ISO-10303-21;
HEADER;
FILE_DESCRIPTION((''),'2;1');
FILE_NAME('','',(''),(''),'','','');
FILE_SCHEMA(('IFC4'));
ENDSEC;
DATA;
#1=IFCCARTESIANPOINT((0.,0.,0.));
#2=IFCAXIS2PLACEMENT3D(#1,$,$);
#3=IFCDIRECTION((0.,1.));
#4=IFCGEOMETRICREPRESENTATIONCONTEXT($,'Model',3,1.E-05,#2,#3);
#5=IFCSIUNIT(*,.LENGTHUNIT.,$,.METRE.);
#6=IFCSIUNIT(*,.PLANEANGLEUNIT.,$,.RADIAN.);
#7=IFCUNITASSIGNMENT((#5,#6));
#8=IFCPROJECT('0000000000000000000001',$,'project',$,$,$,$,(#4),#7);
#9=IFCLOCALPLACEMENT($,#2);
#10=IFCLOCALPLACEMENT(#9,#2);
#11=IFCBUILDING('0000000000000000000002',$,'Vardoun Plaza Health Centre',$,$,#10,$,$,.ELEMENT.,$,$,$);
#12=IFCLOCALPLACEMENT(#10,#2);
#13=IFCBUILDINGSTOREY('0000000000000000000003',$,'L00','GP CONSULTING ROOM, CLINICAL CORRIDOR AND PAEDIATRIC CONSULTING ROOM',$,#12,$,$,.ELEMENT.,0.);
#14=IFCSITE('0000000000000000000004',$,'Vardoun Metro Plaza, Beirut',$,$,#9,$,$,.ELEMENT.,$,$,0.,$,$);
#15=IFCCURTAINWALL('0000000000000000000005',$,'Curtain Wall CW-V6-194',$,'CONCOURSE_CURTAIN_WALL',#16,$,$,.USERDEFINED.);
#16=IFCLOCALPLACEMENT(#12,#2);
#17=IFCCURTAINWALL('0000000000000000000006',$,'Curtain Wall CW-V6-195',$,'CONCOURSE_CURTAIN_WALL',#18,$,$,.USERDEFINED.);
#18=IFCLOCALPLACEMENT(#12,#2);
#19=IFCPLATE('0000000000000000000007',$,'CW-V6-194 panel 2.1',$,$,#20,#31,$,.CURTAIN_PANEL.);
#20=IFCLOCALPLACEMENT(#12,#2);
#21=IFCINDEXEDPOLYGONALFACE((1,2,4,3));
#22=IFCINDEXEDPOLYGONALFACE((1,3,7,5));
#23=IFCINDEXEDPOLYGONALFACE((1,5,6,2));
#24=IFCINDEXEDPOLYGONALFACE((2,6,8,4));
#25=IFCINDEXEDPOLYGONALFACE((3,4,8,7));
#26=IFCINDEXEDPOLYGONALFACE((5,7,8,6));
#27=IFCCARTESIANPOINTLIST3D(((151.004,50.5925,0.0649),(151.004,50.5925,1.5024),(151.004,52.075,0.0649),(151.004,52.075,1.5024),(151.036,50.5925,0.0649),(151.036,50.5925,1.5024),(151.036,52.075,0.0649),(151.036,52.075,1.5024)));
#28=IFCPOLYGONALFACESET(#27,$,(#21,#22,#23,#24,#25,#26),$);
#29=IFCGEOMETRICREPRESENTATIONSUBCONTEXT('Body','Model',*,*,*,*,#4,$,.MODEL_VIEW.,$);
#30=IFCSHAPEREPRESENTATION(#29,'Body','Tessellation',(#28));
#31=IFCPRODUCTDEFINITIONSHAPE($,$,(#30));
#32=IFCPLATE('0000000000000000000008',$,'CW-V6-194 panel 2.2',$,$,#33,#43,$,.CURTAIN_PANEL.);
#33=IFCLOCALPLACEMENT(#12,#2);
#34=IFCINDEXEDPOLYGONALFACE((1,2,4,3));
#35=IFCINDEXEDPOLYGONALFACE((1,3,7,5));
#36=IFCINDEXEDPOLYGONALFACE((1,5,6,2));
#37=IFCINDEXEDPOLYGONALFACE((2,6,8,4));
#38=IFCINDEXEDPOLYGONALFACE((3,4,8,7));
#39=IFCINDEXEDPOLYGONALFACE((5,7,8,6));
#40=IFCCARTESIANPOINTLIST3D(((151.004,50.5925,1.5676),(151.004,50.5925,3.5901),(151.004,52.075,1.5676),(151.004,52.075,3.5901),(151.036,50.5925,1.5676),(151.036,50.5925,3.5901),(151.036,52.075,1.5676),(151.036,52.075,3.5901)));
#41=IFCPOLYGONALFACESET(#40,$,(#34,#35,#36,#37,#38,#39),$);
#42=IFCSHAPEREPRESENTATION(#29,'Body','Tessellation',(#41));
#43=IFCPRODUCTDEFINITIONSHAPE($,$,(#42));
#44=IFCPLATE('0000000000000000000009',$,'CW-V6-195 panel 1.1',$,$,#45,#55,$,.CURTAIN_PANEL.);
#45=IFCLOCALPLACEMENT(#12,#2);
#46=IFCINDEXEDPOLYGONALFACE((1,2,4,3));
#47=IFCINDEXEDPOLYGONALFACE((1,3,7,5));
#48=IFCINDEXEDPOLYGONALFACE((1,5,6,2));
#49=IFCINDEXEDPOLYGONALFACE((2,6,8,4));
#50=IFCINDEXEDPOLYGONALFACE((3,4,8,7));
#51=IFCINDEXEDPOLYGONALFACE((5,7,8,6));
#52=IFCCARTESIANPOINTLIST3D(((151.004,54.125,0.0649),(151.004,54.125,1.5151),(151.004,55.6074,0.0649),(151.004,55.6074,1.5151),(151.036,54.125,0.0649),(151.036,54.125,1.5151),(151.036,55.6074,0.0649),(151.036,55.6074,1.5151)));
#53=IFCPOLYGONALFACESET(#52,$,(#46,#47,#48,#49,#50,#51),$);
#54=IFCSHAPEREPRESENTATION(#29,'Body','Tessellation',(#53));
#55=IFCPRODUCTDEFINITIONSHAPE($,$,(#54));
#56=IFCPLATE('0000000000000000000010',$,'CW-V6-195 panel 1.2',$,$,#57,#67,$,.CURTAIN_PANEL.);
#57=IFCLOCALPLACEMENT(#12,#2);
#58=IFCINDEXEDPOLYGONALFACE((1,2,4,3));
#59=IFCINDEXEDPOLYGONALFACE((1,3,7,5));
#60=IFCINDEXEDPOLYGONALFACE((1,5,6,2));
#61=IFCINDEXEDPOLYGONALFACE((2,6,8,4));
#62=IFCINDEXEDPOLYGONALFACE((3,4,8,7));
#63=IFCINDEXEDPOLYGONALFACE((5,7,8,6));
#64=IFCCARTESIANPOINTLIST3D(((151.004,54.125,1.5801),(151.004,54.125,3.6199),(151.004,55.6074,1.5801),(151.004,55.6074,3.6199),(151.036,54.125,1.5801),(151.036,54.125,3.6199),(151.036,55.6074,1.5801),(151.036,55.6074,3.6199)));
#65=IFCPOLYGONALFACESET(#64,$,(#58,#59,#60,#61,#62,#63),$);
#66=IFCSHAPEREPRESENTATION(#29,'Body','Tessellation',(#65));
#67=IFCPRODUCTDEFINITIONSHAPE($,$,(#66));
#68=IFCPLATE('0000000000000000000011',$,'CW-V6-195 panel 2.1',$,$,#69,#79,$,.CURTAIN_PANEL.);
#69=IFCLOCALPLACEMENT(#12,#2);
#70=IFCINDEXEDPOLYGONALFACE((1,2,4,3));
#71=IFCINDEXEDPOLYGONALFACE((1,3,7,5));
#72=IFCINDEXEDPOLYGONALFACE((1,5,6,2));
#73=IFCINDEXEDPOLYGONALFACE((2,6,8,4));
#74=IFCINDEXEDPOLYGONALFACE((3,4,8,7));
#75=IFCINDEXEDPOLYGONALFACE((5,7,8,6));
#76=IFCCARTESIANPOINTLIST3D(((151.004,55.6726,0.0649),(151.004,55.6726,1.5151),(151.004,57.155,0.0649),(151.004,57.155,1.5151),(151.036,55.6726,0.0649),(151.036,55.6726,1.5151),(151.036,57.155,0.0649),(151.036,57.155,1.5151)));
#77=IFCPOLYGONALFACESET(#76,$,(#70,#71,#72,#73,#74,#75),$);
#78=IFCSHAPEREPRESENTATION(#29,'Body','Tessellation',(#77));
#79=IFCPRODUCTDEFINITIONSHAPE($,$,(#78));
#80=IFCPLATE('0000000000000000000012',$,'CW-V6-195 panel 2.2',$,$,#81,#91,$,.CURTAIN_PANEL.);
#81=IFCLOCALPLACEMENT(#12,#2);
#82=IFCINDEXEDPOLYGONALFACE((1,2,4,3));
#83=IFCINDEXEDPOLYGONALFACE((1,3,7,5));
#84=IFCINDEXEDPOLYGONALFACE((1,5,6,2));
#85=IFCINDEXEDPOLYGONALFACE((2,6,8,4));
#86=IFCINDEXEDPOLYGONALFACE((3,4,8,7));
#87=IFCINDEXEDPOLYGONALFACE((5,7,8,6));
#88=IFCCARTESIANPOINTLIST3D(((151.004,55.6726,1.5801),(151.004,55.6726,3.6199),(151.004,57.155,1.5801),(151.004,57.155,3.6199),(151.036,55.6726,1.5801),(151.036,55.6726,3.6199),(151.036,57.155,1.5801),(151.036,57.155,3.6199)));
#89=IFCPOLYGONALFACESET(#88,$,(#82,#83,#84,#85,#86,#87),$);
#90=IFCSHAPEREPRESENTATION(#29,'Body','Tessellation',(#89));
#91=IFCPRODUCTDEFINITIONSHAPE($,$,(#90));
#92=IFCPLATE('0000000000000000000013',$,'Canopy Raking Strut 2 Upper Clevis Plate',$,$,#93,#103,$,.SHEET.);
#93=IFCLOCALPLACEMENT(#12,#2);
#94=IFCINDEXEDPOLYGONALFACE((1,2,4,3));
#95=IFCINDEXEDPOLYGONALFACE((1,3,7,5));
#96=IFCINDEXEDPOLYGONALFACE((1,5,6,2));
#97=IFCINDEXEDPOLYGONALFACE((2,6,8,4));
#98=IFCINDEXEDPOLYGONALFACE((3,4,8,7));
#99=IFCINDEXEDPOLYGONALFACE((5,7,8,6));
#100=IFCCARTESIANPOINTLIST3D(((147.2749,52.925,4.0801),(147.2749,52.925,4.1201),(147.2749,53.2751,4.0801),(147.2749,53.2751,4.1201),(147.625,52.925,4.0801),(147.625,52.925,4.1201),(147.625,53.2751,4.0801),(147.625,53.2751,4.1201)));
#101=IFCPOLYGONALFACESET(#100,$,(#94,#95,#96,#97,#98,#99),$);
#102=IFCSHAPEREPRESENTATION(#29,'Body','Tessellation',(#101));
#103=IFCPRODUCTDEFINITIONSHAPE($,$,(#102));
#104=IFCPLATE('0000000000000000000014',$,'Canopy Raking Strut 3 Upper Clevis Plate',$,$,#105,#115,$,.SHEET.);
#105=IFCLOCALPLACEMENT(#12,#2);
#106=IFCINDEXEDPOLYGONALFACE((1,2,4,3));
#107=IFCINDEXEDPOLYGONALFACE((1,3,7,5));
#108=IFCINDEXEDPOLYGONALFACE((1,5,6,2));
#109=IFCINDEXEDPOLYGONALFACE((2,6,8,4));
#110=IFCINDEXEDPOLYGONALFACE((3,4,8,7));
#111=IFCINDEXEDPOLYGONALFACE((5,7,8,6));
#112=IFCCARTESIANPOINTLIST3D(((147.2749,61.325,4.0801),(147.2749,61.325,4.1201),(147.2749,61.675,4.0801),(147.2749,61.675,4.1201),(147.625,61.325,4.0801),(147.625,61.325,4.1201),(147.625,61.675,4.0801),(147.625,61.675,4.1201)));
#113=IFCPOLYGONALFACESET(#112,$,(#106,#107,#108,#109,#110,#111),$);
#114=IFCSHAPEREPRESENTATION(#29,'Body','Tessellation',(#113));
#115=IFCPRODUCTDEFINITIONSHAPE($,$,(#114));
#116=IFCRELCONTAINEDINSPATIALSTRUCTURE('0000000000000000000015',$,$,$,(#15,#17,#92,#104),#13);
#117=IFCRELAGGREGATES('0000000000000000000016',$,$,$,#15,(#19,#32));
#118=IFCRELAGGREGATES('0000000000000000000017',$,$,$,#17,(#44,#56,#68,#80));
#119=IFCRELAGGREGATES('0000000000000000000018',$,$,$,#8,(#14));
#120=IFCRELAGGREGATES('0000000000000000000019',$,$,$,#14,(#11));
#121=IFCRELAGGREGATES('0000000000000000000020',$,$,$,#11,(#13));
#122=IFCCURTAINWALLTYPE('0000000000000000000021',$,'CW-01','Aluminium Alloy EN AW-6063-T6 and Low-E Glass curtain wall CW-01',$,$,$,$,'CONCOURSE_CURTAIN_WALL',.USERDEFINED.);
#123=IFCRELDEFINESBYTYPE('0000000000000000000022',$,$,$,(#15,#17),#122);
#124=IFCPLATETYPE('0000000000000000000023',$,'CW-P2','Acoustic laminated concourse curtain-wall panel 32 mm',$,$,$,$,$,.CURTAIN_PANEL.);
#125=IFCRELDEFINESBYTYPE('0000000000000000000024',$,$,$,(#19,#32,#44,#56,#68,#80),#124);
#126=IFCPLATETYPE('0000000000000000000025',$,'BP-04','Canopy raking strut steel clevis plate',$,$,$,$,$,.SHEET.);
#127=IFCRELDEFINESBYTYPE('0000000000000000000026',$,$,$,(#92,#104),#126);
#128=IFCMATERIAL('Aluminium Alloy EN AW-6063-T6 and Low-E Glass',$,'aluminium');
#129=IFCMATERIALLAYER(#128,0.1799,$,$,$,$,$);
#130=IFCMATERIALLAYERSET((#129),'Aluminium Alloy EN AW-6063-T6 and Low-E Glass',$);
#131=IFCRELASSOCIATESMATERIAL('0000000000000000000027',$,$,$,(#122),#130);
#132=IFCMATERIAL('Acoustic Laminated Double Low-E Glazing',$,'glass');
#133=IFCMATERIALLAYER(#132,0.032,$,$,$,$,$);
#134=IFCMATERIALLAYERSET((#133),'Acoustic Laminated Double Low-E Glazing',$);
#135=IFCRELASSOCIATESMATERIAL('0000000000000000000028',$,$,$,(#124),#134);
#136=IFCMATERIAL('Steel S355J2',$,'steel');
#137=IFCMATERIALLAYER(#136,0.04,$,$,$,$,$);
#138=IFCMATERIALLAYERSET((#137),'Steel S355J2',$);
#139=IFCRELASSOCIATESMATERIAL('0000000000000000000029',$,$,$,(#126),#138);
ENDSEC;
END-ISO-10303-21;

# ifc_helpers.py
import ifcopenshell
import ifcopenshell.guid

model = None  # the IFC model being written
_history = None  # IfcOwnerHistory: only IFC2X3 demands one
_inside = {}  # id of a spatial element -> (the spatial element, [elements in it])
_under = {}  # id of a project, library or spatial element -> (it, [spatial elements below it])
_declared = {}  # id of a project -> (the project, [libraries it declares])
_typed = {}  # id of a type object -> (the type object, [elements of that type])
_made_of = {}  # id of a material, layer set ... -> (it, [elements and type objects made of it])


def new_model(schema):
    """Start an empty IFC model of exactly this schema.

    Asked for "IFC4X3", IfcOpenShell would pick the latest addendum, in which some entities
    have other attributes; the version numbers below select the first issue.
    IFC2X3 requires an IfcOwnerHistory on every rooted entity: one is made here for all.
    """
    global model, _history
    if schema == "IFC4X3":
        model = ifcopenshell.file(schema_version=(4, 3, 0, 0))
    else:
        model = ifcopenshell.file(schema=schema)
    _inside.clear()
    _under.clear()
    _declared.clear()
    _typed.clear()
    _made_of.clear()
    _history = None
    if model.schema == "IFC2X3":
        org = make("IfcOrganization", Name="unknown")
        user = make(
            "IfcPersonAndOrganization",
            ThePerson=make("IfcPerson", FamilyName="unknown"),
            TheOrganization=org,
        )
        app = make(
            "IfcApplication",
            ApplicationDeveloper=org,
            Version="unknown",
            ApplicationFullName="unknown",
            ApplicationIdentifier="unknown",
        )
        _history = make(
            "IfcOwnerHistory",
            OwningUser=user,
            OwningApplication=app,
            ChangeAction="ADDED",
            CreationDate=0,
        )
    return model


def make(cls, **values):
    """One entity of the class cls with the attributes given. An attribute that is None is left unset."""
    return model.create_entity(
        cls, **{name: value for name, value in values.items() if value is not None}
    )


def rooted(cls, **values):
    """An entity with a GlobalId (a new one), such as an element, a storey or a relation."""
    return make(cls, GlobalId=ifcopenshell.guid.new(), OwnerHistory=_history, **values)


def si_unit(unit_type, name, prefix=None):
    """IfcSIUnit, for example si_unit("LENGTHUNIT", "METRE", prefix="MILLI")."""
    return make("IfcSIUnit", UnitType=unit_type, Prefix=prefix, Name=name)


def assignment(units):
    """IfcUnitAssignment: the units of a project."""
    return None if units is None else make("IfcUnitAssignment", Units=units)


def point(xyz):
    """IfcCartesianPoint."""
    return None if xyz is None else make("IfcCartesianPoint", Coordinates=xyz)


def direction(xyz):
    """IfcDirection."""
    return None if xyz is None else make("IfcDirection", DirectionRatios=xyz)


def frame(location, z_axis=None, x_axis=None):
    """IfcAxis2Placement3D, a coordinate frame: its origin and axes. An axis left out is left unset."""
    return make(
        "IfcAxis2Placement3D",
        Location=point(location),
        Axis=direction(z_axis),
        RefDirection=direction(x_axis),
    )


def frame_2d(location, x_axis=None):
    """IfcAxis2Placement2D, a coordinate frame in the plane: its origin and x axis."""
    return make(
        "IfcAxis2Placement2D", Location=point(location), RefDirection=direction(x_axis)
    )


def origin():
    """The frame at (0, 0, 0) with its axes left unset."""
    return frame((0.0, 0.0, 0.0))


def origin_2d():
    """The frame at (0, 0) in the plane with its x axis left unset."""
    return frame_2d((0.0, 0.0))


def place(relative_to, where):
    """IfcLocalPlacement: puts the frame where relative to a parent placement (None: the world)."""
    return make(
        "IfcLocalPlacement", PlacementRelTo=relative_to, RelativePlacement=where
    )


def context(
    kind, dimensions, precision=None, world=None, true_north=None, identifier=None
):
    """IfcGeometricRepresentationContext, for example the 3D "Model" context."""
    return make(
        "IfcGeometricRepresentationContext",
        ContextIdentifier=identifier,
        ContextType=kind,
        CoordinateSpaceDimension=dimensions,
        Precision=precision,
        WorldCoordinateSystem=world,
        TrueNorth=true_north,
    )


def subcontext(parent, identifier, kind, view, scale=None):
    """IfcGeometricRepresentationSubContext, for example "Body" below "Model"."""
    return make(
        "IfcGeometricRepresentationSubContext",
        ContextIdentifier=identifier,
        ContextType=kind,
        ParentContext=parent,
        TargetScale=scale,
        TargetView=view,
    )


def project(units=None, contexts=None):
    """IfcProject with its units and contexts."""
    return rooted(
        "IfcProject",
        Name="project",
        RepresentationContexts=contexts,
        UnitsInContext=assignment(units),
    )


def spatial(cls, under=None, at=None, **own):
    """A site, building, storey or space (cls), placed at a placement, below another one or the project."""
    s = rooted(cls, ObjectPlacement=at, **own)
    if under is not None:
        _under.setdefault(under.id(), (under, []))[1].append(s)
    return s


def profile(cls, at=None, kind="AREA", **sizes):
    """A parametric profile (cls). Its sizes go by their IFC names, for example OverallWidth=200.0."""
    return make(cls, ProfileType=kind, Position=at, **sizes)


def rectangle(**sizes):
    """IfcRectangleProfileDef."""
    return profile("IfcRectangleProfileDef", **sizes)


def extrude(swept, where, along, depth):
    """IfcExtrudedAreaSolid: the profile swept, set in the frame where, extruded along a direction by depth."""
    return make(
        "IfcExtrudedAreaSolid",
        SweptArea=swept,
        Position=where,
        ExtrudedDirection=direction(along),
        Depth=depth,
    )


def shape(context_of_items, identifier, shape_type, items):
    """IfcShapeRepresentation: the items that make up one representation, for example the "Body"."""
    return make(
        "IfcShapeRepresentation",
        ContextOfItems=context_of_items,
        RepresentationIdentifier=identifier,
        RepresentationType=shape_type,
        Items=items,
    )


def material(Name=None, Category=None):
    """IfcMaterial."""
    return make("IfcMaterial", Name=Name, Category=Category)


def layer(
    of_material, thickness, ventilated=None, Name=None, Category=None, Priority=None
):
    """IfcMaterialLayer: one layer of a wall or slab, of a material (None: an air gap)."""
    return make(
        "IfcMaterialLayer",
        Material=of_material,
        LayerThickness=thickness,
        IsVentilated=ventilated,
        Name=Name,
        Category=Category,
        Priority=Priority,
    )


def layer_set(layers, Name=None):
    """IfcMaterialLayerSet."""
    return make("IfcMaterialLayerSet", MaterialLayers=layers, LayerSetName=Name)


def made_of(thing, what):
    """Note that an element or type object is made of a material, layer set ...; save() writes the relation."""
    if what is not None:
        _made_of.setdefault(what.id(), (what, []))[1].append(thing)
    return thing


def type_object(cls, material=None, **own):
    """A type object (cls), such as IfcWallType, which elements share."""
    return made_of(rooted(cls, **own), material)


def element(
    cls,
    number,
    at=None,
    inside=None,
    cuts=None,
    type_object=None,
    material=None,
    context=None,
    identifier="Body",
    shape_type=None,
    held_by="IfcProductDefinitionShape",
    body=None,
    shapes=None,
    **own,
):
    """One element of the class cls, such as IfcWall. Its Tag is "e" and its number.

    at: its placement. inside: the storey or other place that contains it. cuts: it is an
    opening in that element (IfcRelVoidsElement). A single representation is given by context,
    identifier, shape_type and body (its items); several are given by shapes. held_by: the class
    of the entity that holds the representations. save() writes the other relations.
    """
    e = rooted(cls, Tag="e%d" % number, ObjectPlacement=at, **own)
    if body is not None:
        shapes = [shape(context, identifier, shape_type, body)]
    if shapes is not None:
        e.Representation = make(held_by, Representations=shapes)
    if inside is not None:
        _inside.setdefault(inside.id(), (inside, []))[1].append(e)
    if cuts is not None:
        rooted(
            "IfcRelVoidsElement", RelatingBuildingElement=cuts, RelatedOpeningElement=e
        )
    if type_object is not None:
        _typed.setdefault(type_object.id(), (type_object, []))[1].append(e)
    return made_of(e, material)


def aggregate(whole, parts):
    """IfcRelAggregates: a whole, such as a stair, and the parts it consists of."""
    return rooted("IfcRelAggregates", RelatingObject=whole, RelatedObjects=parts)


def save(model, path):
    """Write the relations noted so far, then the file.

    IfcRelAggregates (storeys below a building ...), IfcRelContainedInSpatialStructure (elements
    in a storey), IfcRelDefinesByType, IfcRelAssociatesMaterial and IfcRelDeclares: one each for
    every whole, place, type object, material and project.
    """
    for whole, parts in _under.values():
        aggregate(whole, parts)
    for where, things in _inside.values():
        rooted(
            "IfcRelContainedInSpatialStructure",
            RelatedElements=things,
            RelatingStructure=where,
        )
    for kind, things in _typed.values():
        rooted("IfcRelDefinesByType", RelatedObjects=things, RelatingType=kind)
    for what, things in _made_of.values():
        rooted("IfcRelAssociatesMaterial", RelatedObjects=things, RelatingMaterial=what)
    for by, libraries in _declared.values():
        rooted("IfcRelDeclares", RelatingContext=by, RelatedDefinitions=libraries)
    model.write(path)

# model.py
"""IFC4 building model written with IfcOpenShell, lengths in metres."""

from ifc_helpers import new_model, si_unit, direction, frame, origin, origin_2d, place, context, subcontext, project, spatial, rectangle, extrude, material, layer, layer_set, type_object, element, aggregate, save


model = new_model("IFC4")

# Units and contexts
model_context = context("Model", 3, precision=1e-05, world=origin(), true_north=direction((0.0, 1.0)))
body_context = subcontext(model_context, "Body", "Model", "MODEL_VIEW")
ifc_project = project(units=[si_unit("LENGTHUNIT", "METRE"), si_unit("PLANEANGLEUNIT", "RADIAN")], contexts=[model_context])

# Site, building, storey
site_placement = place(None, origin())
site = spatial("IfcSite", under=ifc_project, at=site_placement, Name="Vardoun Metro Plaza, Beirut", CompositionType="ELEMENT", RefElevation=0.0)
building_placement = place(site_placement, origin())
building = spatial("IfcBuilding", under=site, at=building_placement, Name="Vardoun Plaza Health Centre", CompositionType="ELEMENT")
storey_placement = place(building_placement, origin())
storey = spatial("IfcBuildingStorey", under=building, at=storey_placement, Name="L00", Description="GP CONSULTING ROOM, CLINICAL CORRIDOR AND PAEDIATRIC CONSULTING ROOM", CompositionType="ELEMENT", Elevation=0.0)

# Curtain walls
ifc_material_1 = material(Name="Aluminium Alloy EN AW-6063-T6 and Low-E Glass", Category="aluminium")
ifc_layer_1 = layer(ifc_material_1, 0.1799)
ifc_layer_set_1 = layer_set([ifc_layer_1], Name="Aluminium Alloy EN AW-6063-T6 and Low-E Glass")
curtain_wall_type = type_object("IfcCurtainWallType", Name="CW-01", Description="Aluminium Alloy EN AW-6063-T6 and Low-E Glass curtain wall CW-01", ElementType="CONCOURSE_CURTAIN_WALL", PredefinedType="USERDEFINED", material=ifc_layer_set_1)
curtain_wall_1_placement = place(storey_placement, origin())
curtain_wall_1 = element("IfcCurtainWall", 1, at=curtain_wall_1_placement, inside=storey, type_object=curtain_wall_type, Name="Curtain Wall CW-V6-194", ObjectType="CONCOURSE_CURTAIN_WALL", PredefinedType="USERDEFINED")
curtain_wall_2_placement = place(storey_placement, origin())
curtain_wall_2 = element("IfcCurtainWall", 2, at=curtain_wall_2_placement, inside=storey, type_object=curtain_wall_type, Name="Curtain Wall CW-V6-195", ObjectType="CONCOURSE_CURTAIN_WALL", PredefinedType="USERDEFINED")

# Plates
ifc_material_2 = material(Name="Acoustic Laminated Double Low-E Glazing", Category="glass")
ifc_layer_2 = layer(ifc_material_2, 0.032)
ifc_layer_set_2 = layer_set([ifc_layer_2], Name="Acoustic Laminated Double Low-E Glazing")
plate_type_1 = type_object("IfcPlateType", Name="CW-P2", Description="Acoustic laminated concourse curtain-wall panel 32 mm", PredefinedType="CURTAIN_PANEL", material=ifc_layer_set_2)
plate_1_placement = place(storey_placement, frame((151.02, 51.3337, 0.0649), z_axis=(0.0, 0.0, 1.0), x_axis=(0.0, 1.0, 0.0)))
plate_1 = element("IfcPlate", 3, at=plate_1_placement, type_object=plate_type_1, Name="CW-V6-194 panel 2.1", PredefinedType="CURTAIN_PANEL", context=body_context, shape_type="SweptSolid", body=[
    extrude(rectangle(XDim=1.4824, YDim=0.032, at=origin_2d()), origin(), (0.0, 0.0, 1.0), 1.4375),
])
plate_2_placement = place(storey_placement, frame((151.02, 51.3337, 1.5676), z_axis=(0.0, 0.0, 1.0), x_axis=(0.0, 1.0, 0.0)))
plate_2 = element("IfcPlate", 4, at=plate_2_placement, type_object=plate_type_1, Name="CW-V6-194 panel 2.2", PredefinedType="CURTAIN_PANEL", context=body_context, shape_type="SweptSolid", body=[
    extrude(rectangle(XDim=1.4824, YDim=0.032, at=origin_2d()), origin(), (0.0, 0.0, 1.0), 2.0225),
])
aggregate(curtain_wall_1, [plate_1, plate_2])
plate_3_placement = place(storey_placement, frame((151.02, 54.8662, 0.0649), z_axis=(0.0, 0.0, 1.0), x_axis=(0.0, 1.0, 0.0)))
plate_3 = element("IfcPlate", 5, at=plate_3_placement, type_object=plate_type_1, Name="CW-V6-195 panel 1.1", PredefinedType="CURTAIN_PANEL", context=body_context, shape_type="SweptSolid", body=[
    extrude(rectangle(XDim=1.4824, YDim=0.032, at=origin_2d()), origin(), (0.0, 0.0, 1.0), 1.4502),
])
plate_4_placement = place(storey_placement, frame((151.02, 54.8662, 1.5801), z_axis=(0.0, 0.0, 1.0), x_axis=(0.0, 1.0, 0.0)))
plate_4 = element("IfcPlate", 6, at=plate_4_placement, type_object=plate_type_1, Name="CW-V6-195 panel 1.2", PredefinedType="CURTAIN_PANEL", context=body_context, shape_type="SweptSolid", body=[
    extrude(rectangle(XDim=1.4824, YDim=0.032, at=origin_2d()), origin(), (0.0, 0.0, 1.0), 2.0398),
])
plate_5_placement = place(storey_placement, frame((151.02, 56.4138, 0.0649), z_axis=(0.0, 0.0, 1.0), x_axis=(0.0, 1.0, 0.0)))
plate_5 = element("IfcPlate", 7, at=plate_5_placement, type_object=plate_type_1, Name="CW-V6-195 panel 2.1", PredefinedType="CURTAIN_PANEL", context=body_context, shape_type="SweptSolid", body=[
    extrude(rectangle(XDim=1.4824, YDim=0.032, at=origin_2d()), origin(), (0.0, 0.0, 1.0), 1.4502),
])
plate_6_placement = place(storey_placement, frame((151.02, 56.4138, 1.5801), z_axis=(0.0, 0.0, 1.0), x_axis=(0.0, 1.0, 0.0)))
plate_6 = element("IfcPlate", 8, at=plate_6_placement, type_object=plate_type_1, Name="CW-V6-195 panel 2.2", PredefinedType="CURTAIN_PANEL", context=body_context, shape_type="SweptSolid", body=[
    extrude(rectangle(XDim=1.4824, YDim=0.032, at=origin_2d()), origin(), (0.0, 0.0, 1.0), 2.0398),
])
aggregate(curtain_wall_2, [plate_3, plate_4, plate_5, plate_6])

# Plates
ifc_material_3 = material(Name="Steel S355J2", Category="steel")
ifc_layer_3 = layer(ifc_material_3, 0.04)
ifc_layer_set_3 = layer_set([ifc_layer_3], Name="Steel S355J2")
plate_type_2 = type_object("IfcPlateType", Name="BP-04", Description="Canopy raking strut steel clevis plate", PredefinedType="SHEET", material=ifc_layer_set_3)
for number, where, z_axis, x_axis, name in (
    (9, (147.45, 53.1001, 4.0801), (0.0, 0.0, 1.0), (1.0, 0.0, 0.0), "Canopy Raking Strut 2 Upper Clevis Plate"),
    (10, (147.45, 61.5, 4.0801), (0.0, 0.0, 1.0), (1.0, 0.0, 0.0), "Canopy Raking Strut 3 Upper Clevis Plate"),
):
    element("IfcPlate", number, at=place(storey_placement, frame(where, z_axis=z_axis, x_axis=x_axis)), inside=storey, type_object=plate_type_2, Name=name, PredefinedType="SHEET", context=body_context, shape_type="SweptSolid", body=[
        extrude(rectangle(XDim=0.3501, YDim=0.3501, at=origin_2d()), origin(), (0.0, 0.0, 1.0), 0.04),
    ])

save(model, "model.ifc")
